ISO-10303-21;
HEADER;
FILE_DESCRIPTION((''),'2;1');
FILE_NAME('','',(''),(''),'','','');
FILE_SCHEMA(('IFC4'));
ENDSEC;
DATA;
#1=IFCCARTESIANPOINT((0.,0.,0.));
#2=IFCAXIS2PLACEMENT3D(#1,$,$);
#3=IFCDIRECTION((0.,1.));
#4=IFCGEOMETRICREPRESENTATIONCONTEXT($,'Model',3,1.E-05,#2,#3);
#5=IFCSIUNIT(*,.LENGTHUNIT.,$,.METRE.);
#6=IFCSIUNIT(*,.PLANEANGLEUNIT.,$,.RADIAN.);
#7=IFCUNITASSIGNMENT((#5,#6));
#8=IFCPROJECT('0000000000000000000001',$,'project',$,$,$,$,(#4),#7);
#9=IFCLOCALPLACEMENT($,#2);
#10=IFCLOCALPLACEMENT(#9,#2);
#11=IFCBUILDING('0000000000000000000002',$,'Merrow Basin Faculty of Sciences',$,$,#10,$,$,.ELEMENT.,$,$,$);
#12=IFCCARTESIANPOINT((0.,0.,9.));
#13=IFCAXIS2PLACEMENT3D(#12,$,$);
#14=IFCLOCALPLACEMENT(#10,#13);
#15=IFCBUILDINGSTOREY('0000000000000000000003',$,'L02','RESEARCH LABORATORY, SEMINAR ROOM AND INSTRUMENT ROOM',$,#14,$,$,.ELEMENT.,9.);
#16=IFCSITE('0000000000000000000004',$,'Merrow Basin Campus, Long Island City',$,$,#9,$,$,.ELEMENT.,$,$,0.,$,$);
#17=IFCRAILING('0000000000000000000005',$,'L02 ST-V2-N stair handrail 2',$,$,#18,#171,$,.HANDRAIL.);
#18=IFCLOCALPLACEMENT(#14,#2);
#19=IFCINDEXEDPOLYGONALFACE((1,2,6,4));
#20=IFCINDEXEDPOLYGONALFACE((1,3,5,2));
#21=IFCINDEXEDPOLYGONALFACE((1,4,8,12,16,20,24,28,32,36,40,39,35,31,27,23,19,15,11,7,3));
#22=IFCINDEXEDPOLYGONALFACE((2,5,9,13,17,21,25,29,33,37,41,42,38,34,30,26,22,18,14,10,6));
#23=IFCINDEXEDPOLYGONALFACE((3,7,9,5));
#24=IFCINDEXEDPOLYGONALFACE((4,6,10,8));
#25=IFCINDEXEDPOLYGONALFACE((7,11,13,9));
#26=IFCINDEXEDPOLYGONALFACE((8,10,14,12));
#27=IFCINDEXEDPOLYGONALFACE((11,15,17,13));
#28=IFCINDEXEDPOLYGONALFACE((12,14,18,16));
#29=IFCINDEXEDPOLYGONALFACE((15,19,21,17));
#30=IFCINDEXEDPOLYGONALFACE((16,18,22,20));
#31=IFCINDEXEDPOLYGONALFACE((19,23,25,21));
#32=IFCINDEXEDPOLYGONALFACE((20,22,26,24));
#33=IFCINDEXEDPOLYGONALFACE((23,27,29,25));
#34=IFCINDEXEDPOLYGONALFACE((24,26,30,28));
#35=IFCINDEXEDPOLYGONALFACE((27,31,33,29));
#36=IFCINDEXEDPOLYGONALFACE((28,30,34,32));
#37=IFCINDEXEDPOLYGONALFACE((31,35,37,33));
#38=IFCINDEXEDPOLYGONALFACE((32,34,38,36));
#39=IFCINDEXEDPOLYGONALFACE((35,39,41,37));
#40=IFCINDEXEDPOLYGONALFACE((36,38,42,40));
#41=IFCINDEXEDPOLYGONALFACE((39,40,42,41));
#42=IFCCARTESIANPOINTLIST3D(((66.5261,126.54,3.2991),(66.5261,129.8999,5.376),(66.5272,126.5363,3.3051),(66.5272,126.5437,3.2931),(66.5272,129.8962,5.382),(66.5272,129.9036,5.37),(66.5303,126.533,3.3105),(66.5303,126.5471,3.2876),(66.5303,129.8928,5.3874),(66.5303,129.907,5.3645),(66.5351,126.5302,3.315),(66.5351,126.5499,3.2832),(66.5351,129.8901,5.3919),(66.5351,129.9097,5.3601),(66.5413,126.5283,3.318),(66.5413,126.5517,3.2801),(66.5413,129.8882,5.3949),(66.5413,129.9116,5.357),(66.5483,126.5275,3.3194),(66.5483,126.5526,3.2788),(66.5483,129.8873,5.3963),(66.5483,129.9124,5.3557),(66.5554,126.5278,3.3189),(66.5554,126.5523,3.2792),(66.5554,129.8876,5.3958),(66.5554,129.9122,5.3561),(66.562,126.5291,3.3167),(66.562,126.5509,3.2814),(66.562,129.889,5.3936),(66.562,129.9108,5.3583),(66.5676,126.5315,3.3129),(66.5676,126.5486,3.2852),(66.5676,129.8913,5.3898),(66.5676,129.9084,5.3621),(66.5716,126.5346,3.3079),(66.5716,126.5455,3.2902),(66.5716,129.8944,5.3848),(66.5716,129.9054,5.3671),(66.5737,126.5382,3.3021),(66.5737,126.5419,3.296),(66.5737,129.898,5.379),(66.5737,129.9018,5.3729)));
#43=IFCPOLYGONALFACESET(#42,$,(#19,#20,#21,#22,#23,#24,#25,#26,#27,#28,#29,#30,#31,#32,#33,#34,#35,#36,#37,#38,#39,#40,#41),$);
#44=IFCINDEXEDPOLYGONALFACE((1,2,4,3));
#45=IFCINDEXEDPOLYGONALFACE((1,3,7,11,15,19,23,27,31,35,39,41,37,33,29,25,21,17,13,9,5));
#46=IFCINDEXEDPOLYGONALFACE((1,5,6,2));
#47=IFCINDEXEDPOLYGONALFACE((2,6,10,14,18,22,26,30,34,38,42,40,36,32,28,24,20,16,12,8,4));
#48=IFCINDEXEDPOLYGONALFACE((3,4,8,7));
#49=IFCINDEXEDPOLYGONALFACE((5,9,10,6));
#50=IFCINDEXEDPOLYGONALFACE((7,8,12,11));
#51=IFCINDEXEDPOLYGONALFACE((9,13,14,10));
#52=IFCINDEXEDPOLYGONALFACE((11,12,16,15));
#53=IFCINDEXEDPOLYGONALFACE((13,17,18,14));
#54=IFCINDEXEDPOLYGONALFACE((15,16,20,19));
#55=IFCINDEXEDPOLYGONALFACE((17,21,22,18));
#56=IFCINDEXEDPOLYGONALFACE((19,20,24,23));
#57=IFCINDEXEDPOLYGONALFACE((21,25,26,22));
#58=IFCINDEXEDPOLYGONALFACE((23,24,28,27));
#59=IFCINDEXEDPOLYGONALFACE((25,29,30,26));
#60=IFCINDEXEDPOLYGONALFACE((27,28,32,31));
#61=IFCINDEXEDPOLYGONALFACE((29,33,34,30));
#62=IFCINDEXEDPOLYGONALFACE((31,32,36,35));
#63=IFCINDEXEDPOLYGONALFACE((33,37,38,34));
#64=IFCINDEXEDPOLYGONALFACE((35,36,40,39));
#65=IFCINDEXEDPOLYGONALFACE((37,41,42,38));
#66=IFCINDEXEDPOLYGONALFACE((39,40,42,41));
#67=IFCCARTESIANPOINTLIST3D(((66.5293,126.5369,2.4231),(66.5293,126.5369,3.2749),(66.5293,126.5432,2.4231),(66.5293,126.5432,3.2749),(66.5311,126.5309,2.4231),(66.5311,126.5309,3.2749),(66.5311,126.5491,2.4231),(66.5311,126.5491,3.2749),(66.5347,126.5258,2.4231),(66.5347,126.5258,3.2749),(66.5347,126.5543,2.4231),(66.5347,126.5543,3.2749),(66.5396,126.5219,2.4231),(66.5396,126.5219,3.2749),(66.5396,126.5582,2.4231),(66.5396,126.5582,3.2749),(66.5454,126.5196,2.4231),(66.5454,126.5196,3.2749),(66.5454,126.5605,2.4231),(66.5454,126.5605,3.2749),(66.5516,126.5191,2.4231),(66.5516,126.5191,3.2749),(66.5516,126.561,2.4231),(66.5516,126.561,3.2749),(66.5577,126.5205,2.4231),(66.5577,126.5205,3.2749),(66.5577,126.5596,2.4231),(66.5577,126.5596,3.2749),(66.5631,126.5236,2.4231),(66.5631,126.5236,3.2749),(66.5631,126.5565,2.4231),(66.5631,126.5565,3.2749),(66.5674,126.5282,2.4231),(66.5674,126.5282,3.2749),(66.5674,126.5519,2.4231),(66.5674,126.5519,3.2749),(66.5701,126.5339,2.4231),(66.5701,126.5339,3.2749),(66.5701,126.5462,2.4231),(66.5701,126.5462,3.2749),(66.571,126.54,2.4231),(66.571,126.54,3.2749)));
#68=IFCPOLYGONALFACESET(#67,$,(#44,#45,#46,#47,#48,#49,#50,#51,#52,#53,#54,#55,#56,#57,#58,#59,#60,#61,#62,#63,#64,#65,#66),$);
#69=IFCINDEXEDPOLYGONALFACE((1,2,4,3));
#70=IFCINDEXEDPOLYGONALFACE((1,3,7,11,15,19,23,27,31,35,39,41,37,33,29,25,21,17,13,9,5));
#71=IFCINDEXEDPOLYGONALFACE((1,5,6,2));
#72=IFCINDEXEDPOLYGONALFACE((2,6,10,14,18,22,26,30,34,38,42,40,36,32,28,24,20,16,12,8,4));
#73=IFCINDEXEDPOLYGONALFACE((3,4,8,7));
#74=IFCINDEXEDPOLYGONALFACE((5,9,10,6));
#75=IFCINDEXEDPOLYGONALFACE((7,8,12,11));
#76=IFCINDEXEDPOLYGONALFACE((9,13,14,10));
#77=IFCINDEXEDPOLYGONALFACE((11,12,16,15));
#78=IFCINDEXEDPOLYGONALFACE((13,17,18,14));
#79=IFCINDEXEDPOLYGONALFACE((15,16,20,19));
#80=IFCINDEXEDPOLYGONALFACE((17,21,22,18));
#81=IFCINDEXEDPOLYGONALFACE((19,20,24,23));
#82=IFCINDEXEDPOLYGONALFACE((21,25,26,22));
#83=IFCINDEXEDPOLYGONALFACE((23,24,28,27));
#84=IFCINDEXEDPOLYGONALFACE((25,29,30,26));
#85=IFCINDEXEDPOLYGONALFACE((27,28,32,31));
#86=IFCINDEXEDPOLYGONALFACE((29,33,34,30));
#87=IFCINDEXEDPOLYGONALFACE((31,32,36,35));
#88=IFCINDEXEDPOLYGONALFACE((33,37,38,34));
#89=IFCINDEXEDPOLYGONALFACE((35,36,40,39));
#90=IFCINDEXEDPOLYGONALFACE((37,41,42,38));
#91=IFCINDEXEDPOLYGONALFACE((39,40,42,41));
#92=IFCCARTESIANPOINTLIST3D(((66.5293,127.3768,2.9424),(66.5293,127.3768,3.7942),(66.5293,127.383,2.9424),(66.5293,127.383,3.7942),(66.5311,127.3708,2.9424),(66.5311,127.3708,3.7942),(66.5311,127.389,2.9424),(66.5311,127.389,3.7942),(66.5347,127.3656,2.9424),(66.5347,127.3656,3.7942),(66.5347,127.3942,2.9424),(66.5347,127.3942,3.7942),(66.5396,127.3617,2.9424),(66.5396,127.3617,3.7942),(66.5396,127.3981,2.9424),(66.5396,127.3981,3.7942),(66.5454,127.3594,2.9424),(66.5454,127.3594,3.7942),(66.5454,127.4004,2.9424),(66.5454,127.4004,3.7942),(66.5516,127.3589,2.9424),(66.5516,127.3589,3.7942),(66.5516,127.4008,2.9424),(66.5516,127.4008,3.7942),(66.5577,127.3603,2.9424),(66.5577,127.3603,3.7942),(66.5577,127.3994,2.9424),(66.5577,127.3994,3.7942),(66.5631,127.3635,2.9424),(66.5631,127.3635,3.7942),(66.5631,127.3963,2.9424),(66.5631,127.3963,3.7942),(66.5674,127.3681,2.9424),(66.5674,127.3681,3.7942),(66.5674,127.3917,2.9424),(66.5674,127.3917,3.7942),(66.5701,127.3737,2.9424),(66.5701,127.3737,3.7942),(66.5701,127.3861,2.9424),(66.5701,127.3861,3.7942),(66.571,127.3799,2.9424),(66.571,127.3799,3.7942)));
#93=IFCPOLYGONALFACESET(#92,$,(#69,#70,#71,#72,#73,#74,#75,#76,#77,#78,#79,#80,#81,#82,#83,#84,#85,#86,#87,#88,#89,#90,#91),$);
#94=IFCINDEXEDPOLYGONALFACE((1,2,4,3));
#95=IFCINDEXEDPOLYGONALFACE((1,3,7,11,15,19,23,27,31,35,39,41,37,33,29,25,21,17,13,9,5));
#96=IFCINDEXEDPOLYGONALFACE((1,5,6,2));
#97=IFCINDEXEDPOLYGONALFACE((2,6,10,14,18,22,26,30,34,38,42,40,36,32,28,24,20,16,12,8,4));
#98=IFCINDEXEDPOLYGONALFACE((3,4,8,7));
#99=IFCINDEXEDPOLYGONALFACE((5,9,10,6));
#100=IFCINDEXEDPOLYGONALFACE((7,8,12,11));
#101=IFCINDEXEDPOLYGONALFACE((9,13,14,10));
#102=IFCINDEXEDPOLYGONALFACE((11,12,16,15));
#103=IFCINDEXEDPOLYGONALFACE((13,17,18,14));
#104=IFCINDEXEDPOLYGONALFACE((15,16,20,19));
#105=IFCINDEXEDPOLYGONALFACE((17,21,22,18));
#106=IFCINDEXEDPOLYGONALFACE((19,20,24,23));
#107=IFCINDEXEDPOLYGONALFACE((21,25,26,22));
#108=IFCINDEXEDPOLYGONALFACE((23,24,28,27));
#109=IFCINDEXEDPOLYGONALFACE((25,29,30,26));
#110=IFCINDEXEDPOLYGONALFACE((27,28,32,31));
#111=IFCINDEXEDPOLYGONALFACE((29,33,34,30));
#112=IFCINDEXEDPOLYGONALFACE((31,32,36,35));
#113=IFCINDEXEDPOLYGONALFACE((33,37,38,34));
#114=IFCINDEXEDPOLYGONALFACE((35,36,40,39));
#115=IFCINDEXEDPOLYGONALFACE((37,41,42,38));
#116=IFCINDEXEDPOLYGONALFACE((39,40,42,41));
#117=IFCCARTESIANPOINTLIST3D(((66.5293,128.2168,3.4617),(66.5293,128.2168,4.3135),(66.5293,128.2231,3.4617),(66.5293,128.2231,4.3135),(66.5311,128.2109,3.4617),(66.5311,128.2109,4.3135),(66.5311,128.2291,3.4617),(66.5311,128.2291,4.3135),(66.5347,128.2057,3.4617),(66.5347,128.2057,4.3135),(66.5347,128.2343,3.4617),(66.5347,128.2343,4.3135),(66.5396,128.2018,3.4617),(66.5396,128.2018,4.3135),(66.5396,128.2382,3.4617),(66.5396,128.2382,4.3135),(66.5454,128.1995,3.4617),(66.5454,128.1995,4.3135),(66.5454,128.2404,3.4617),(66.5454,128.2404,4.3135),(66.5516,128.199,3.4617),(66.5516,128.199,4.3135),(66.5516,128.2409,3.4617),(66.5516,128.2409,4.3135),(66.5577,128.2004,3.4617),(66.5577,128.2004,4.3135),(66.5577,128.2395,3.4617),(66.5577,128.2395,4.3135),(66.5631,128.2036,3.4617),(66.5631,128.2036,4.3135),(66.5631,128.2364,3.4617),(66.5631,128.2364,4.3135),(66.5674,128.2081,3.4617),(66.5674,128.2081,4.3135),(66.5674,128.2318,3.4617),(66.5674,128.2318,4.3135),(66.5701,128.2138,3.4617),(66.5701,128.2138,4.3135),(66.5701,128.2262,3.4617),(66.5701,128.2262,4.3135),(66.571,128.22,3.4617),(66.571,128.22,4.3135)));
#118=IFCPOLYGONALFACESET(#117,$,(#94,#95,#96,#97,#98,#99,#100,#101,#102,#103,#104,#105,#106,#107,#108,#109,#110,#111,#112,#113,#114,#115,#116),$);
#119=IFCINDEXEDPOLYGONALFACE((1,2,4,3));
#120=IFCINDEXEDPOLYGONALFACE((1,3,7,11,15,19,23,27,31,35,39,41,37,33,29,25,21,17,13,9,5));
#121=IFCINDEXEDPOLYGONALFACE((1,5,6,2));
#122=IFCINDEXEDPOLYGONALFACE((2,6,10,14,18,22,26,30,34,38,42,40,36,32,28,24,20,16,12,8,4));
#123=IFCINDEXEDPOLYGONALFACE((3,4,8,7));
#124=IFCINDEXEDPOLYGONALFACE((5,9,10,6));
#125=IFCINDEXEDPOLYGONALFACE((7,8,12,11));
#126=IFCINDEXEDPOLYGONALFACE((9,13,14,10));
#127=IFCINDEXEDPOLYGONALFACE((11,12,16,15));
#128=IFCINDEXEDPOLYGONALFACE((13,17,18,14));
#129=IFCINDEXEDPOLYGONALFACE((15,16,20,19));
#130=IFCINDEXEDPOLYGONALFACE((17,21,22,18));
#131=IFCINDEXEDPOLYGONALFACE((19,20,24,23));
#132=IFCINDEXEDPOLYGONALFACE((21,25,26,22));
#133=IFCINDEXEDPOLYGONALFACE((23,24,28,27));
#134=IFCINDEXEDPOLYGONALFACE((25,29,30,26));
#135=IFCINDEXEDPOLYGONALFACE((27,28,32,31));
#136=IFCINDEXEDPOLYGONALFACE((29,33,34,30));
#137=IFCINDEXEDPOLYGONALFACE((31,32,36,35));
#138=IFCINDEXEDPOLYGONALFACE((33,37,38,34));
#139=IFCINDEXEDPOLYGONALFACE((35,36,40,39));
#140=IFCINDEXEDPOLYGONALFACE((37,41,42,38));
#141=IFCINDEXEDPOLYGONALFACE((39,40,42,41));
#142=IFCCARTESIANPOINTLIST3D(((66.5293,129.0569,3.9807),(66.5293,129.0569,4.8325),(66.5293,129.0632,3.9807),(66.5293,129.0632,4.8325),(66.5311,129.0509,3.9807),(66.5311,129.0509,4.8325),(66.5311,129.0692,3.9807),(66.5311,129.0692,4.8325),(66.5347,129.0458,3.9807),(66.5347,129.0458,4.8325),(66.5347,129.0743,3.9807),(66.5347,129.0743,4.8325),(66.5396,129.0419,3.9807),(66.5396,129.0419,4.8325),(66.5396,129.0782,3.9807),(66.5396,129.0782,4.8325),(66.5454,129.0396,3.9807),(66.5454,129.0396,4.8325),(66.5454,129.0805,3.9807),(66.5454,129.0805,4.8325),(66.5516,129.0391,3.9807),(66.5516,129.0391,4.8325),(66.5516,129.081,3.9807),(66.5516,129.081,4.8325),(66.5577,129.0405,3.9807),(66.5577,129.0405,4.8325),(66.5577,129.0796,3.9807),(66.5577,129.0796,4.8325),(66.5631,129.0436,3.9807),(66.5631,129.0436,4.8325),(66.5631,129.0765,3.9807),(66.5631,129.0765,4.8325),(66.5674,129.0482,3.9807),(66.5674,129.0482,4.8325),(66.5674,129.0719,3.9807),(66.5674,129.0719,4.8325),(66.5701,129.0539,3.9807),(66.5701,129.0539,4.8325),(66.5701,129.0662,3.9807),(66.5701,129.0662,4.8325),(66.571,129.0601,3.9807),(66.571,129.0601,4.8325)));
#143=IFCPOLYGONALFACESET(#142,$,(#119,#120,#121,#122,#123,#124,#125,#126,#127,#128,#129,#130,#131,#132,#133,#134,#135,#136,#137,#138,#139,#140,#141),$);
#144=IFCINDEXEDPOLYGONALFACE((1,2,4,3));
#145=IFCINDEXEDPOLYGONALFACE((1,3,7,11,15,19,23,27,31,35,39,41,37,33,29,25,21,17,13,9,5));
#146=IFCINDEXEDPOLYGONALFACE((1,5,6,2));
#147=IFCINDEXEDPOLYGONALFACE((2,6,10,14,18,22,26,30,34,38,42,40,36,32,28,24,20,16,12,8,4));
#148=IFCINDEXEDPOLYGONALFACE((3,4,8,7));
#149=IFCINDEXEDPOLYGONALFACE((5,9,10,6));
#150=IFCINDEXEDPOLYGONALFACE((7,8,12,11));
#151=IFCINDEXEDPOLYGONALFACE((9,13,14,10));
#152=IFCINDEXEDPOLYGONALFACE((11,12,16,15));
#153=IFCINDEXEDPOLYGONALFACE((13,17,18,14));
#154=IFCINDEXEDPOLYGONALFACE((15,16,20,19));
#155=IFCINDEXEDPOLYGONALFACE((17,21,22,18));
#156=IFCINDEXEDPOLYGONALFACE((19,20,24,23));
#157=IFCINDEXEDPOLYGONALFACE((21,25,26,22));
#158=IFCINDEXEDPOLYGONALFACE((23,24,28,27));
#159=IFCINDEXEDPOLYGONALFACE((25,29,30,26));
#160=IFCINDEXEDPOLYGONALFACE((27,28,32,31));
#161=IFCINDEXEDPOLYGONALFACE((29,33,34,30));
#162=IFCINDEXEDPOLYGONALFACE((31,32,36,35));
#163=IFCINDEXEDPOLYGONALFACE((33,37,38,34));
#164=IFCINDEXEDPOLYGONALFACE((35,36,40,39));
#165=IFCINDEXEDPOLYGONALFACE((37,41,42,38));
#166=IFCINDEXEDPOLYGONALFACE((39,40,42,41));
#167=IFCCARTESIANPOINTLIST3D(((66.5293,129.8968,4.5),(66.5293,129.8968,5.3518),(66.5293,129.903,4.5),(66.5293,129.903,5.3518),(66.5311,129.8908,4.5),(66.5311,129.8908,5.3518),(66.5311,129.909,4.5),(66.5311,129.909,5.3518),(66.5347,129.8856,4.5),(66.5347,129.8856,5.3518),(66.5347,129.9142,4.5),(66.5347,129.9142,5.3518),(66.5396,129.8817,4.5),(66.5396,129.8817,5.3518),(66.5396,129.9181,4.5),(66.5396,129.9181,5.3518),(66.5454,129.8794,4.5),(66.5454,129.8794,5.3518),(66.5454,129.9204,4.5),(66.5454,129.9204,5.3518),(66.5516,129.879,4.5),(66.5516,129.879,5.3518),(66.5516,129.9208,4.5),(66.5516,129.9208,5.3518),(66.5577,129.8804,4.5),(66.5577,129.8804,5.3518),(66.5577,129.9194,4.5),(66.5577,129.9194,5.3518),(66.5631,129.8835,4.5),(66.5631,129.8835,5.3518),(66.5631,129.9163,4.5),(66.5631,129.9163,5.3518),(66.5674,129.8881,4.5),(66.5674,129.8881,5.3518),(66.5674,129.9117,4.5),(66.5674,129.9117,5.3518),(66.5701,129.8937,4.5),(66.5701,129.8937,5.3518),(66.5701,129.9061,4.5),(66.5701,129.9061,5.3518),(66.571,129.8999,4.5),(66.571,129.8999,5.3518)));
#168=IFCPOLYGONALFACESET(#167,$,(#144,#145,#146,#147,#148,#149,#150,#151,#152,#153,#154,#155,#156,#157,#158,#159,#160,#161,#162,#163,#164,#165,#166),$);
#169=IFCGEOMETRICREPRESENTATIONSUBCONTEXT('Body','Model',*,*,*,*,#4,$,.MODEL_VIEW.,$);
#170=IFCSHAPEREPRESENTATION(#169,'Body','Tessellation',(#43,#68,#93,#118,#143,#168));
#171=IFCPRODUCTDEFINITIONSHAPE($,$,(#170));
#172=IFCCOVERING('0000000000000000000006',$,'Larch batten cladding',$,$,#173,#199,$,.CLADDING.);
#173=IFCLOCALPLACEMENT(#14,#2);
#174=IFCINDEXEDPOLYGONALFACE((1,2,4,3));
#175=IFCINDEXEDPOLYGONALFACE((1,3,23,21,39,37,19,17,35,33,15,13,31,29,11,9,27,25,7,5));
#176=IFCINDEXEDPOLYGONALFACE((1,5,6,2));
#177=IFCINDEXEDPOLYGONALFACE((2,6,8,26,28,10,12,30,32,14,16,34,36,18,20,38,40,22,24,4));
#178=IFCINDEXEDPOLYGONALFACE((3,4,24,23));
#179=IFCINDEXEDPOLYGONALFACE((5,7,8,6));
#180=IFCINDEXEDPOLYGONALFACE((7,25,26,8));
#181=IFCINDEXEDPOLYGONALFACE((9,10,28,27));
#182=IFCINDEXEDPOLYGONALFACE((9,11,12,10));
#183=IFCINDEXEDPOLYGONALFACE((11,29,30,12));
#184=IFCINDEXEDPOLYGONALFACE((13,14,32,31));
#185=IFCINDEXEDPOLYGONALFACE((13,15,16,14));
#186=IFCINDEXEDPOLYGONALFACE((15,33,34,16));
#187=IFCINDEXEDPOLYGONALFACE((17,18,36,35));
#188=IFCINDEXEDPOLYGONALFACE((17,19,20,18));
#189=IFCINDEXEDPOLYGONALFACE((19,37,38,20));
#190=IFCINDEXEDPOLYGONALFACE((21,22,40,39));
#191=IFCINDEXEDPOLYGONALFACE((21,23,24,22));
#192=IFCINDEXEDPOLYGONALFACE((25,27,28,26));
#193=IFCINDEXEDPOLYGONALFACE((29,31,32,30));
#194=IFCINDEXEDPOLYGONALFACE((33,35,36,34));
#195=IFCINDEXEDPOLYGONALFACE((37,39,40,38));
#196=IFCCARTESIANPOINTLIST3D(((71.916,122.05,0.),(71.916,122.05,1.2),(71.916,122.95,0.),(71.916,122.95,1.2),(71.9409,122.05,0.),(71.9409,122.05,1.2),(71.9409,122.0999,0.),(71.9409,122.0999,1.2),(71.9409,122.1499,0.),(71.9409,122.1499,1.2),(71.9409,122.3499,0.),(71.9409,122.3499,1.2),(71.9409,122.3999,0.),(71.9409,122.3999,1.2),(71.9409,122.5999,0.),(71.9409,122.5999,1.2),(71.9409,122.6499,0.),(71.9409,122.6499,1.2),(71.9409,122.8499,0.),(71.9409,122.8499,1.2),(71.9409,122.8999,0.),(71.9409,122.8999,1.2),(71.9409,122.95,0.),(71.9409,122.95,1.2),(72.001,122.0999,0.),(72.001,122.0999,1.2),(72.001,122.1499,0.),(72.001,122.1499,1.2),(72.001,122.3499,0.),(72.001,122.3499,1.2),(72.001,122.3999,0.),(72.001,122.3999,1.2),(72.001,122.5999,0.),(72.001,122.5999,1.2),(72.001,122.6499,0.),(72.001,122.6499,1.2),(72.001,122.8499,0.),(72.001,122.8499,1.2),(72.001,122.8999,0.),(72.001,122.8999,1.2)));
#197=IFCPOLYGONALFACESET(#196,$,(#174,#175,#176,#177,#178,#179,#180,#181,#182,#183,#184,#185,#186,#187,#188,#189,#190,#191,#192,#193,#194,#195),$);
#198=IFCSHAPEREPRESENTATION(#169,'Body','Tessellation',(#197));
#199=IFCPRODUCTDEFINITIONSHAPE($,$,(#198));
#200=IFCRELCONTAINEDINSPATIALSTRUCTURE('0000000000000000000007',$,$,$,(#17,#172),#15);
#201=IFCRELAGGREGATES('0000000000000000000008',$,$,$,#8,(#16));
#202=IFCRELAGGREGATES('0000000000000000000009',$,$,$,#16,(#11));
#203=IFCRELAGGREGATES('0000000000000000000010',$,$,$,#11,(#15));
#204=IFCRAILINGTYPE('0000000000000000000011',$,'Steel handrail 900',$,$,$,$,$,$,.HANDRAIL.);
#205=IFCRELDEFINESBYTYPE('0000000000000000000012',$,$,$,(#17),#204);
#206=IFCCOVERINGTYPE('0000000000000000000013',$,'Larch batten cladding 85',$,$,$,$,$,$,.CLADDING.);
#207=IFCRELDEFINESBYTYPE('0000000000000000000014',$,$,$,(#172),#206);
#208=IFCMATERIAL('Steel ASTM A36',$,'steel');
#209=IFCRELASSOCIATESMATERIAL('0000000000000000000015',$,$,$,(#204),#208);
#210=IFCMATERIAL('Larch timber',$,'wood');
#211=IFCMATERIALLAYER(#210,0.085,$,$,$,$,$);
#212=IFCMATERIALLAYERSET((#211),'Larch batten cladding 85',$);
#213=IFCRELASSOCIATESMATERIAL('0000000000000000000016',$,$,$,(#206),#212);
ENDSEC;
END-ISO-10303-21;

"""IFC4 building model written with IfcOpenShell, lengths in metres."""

from ifc_helpers import new_model, si_unit, direction, frame, origin, origin_2d, place, context, subcontext, project, spatial, polyline, circle, outline, extrude, source, transform, mapped, material, layer, layer_set, type_object, element, save


model = new_model("IFC4")

# Units and contexts
model_context = context("Model", 3, precision=1e-05, world=origin(), true_north=direction((0.0, 1.0)))
body_context = subcontext(model_context, "Body", "Model", "MODEL_VIEW")
ifc_project = project(units=[si_unit("LENGTHUNIT", "METRE"), si_unit("PLANEANGLEUNIT", "RADIAN")], contexts=[model_context])

# Site, building, storey
site_placement = place(None, origin())
site = spatial("IfcSite", under=ifc_project, at=site_placement, Name="Merrow Basin Campus, Long Island City", CompositionType="ELEMENT", RefElevation=0.0)
building_placement = place(site_placement, origin())
building = spatial("IfcBuilding", under=site, at=building_placement, Name="Merrow Basin Faculty of Sciences", CompositionType="ELEMENT")
storey_placement = place(building_placement, frame((0.0, 0.0, 9.0)))
storey = spatial("IfcBuildingStorey", under=building, at=storey_placement, Name="L02", Description="RESEARCH LABORATORY, SEMINAR ROOM AND INSTRUMENT ROOM", CompositionType="ELEMENT", Elevation=9.0)

# Railing
ifc_material_1 = material(Name="Steel ASTM A36", Category="steel")
railing_type_1 = type_object("IfcRailingType", Name="Steel handrail 900", PredefinedType="HANDRAIL", material=ifc_material_1)
railing_1_placement = place(storey_placement, frame((66.55, 126.54, 2.4231)))
element("IfcRailing", 1, at=railing_1_placement, inside=storey, type_object=railing_type_1, Name="L02 ST-V2-N stair handrail 2", PredefinedType="HANDRAIL", context=body_context, shape_type="SweptSolid", body=[
    extrude(circle(Radius=0.0239, at=origin_2d()), frame((0.0, 0.0, 0.876), z_axis=(0.0, 0.850606, 0.525803), x_axis=(-1.0, 0.0, 0.0)), (0.0, 0.0, 1.0), 3.95),
    extrude(circle(Radius=0.021, at=origin_2d()), origin(), (0.0, 0.0, 1.0), 0.8518),
    extrude(circle(Radius=0.021, at=origin_2d()), frame((0.0, 0.8398, 0.5193)), (0.0, 0.0, 1.0), 0.8518),
    extrude(circle(Radius=0.021, at=origin_2d()), frame((0.0, 1.6799, 1.0386)), (0.0, 0.0, 1.0), 0.8518),
    extrude(circle(Radius=0.021, at=origin_2d()), frame((0.0, 2.52, 1.5576)), (0.0, 0.0, 1.0), 0.8518),
    extrude(circle(Radius=0.021, at=origin_2d()), frame((0.0, 3.3599, 2.0769)), (0.0, 0.0, 1.0), 0.8518),
])

# Covering
ifc_material_2 = material(Name="Larch timber", Category="wood")
ifc_layer_1 = layer(ifc_material_2, 0.085)
ifc_layer_set_1 = layer_set([ifc_layer_1], Name="Larch batten cladding 85")
covering_type = type_object("IfcCoveringType", Name="Larch batten cladding 85", PredefinedType="CLADDING", material=ifc_layer_set_1)
shared_shape_1 = source(origin(), body_context, "Body", "SweptSolid", [
    extrude(outline(polyline([(0.0, 0.0), (0.8999, 0.0), (0.8999, 0.0249), (0.8501, 0.0249), (0.8501, 0.085), (0.8, 0.085), (0.8, 0.0249), (0.6001, 0.0249), (0.6001, 0.085), (0.55, 0.085), (0.55, 0.0249), (0.3501, 0.0249), (0.3501, 0.085), (0.3, 0.085), (0.3, 0.0249), (0.1001, 0.0249), (0.1001, 0.085), (0.05, 0.085), (0.05, 0.0249), (0.0, 0.0249), (0.0, 0.0)])), origin(), (0.0, 0.0, 1.0), 1.2),
])
for number, where, z_axis, x_axis, name in (
    (2, (71.916, 122.95, 0.0), (0.0, 0.0, 1.0), (0.0, -1.0, 0.0), "Larch batten cladding"),
):
    element("IfcCovering", number, at=place(storey_placement, frame(where, z_axis=z_axis, x_axis=x_axis)), inside=storey, type_object=covering_type, Name=name, PredefinedType="CLADDING", context=body_context, shape_type="MappedRepresentation", body=[
        mapped(shared_shape_1, transform((0.0, 0.0, 0.0), scale=1.0)),
    ])

save(model, "model.ifc")
